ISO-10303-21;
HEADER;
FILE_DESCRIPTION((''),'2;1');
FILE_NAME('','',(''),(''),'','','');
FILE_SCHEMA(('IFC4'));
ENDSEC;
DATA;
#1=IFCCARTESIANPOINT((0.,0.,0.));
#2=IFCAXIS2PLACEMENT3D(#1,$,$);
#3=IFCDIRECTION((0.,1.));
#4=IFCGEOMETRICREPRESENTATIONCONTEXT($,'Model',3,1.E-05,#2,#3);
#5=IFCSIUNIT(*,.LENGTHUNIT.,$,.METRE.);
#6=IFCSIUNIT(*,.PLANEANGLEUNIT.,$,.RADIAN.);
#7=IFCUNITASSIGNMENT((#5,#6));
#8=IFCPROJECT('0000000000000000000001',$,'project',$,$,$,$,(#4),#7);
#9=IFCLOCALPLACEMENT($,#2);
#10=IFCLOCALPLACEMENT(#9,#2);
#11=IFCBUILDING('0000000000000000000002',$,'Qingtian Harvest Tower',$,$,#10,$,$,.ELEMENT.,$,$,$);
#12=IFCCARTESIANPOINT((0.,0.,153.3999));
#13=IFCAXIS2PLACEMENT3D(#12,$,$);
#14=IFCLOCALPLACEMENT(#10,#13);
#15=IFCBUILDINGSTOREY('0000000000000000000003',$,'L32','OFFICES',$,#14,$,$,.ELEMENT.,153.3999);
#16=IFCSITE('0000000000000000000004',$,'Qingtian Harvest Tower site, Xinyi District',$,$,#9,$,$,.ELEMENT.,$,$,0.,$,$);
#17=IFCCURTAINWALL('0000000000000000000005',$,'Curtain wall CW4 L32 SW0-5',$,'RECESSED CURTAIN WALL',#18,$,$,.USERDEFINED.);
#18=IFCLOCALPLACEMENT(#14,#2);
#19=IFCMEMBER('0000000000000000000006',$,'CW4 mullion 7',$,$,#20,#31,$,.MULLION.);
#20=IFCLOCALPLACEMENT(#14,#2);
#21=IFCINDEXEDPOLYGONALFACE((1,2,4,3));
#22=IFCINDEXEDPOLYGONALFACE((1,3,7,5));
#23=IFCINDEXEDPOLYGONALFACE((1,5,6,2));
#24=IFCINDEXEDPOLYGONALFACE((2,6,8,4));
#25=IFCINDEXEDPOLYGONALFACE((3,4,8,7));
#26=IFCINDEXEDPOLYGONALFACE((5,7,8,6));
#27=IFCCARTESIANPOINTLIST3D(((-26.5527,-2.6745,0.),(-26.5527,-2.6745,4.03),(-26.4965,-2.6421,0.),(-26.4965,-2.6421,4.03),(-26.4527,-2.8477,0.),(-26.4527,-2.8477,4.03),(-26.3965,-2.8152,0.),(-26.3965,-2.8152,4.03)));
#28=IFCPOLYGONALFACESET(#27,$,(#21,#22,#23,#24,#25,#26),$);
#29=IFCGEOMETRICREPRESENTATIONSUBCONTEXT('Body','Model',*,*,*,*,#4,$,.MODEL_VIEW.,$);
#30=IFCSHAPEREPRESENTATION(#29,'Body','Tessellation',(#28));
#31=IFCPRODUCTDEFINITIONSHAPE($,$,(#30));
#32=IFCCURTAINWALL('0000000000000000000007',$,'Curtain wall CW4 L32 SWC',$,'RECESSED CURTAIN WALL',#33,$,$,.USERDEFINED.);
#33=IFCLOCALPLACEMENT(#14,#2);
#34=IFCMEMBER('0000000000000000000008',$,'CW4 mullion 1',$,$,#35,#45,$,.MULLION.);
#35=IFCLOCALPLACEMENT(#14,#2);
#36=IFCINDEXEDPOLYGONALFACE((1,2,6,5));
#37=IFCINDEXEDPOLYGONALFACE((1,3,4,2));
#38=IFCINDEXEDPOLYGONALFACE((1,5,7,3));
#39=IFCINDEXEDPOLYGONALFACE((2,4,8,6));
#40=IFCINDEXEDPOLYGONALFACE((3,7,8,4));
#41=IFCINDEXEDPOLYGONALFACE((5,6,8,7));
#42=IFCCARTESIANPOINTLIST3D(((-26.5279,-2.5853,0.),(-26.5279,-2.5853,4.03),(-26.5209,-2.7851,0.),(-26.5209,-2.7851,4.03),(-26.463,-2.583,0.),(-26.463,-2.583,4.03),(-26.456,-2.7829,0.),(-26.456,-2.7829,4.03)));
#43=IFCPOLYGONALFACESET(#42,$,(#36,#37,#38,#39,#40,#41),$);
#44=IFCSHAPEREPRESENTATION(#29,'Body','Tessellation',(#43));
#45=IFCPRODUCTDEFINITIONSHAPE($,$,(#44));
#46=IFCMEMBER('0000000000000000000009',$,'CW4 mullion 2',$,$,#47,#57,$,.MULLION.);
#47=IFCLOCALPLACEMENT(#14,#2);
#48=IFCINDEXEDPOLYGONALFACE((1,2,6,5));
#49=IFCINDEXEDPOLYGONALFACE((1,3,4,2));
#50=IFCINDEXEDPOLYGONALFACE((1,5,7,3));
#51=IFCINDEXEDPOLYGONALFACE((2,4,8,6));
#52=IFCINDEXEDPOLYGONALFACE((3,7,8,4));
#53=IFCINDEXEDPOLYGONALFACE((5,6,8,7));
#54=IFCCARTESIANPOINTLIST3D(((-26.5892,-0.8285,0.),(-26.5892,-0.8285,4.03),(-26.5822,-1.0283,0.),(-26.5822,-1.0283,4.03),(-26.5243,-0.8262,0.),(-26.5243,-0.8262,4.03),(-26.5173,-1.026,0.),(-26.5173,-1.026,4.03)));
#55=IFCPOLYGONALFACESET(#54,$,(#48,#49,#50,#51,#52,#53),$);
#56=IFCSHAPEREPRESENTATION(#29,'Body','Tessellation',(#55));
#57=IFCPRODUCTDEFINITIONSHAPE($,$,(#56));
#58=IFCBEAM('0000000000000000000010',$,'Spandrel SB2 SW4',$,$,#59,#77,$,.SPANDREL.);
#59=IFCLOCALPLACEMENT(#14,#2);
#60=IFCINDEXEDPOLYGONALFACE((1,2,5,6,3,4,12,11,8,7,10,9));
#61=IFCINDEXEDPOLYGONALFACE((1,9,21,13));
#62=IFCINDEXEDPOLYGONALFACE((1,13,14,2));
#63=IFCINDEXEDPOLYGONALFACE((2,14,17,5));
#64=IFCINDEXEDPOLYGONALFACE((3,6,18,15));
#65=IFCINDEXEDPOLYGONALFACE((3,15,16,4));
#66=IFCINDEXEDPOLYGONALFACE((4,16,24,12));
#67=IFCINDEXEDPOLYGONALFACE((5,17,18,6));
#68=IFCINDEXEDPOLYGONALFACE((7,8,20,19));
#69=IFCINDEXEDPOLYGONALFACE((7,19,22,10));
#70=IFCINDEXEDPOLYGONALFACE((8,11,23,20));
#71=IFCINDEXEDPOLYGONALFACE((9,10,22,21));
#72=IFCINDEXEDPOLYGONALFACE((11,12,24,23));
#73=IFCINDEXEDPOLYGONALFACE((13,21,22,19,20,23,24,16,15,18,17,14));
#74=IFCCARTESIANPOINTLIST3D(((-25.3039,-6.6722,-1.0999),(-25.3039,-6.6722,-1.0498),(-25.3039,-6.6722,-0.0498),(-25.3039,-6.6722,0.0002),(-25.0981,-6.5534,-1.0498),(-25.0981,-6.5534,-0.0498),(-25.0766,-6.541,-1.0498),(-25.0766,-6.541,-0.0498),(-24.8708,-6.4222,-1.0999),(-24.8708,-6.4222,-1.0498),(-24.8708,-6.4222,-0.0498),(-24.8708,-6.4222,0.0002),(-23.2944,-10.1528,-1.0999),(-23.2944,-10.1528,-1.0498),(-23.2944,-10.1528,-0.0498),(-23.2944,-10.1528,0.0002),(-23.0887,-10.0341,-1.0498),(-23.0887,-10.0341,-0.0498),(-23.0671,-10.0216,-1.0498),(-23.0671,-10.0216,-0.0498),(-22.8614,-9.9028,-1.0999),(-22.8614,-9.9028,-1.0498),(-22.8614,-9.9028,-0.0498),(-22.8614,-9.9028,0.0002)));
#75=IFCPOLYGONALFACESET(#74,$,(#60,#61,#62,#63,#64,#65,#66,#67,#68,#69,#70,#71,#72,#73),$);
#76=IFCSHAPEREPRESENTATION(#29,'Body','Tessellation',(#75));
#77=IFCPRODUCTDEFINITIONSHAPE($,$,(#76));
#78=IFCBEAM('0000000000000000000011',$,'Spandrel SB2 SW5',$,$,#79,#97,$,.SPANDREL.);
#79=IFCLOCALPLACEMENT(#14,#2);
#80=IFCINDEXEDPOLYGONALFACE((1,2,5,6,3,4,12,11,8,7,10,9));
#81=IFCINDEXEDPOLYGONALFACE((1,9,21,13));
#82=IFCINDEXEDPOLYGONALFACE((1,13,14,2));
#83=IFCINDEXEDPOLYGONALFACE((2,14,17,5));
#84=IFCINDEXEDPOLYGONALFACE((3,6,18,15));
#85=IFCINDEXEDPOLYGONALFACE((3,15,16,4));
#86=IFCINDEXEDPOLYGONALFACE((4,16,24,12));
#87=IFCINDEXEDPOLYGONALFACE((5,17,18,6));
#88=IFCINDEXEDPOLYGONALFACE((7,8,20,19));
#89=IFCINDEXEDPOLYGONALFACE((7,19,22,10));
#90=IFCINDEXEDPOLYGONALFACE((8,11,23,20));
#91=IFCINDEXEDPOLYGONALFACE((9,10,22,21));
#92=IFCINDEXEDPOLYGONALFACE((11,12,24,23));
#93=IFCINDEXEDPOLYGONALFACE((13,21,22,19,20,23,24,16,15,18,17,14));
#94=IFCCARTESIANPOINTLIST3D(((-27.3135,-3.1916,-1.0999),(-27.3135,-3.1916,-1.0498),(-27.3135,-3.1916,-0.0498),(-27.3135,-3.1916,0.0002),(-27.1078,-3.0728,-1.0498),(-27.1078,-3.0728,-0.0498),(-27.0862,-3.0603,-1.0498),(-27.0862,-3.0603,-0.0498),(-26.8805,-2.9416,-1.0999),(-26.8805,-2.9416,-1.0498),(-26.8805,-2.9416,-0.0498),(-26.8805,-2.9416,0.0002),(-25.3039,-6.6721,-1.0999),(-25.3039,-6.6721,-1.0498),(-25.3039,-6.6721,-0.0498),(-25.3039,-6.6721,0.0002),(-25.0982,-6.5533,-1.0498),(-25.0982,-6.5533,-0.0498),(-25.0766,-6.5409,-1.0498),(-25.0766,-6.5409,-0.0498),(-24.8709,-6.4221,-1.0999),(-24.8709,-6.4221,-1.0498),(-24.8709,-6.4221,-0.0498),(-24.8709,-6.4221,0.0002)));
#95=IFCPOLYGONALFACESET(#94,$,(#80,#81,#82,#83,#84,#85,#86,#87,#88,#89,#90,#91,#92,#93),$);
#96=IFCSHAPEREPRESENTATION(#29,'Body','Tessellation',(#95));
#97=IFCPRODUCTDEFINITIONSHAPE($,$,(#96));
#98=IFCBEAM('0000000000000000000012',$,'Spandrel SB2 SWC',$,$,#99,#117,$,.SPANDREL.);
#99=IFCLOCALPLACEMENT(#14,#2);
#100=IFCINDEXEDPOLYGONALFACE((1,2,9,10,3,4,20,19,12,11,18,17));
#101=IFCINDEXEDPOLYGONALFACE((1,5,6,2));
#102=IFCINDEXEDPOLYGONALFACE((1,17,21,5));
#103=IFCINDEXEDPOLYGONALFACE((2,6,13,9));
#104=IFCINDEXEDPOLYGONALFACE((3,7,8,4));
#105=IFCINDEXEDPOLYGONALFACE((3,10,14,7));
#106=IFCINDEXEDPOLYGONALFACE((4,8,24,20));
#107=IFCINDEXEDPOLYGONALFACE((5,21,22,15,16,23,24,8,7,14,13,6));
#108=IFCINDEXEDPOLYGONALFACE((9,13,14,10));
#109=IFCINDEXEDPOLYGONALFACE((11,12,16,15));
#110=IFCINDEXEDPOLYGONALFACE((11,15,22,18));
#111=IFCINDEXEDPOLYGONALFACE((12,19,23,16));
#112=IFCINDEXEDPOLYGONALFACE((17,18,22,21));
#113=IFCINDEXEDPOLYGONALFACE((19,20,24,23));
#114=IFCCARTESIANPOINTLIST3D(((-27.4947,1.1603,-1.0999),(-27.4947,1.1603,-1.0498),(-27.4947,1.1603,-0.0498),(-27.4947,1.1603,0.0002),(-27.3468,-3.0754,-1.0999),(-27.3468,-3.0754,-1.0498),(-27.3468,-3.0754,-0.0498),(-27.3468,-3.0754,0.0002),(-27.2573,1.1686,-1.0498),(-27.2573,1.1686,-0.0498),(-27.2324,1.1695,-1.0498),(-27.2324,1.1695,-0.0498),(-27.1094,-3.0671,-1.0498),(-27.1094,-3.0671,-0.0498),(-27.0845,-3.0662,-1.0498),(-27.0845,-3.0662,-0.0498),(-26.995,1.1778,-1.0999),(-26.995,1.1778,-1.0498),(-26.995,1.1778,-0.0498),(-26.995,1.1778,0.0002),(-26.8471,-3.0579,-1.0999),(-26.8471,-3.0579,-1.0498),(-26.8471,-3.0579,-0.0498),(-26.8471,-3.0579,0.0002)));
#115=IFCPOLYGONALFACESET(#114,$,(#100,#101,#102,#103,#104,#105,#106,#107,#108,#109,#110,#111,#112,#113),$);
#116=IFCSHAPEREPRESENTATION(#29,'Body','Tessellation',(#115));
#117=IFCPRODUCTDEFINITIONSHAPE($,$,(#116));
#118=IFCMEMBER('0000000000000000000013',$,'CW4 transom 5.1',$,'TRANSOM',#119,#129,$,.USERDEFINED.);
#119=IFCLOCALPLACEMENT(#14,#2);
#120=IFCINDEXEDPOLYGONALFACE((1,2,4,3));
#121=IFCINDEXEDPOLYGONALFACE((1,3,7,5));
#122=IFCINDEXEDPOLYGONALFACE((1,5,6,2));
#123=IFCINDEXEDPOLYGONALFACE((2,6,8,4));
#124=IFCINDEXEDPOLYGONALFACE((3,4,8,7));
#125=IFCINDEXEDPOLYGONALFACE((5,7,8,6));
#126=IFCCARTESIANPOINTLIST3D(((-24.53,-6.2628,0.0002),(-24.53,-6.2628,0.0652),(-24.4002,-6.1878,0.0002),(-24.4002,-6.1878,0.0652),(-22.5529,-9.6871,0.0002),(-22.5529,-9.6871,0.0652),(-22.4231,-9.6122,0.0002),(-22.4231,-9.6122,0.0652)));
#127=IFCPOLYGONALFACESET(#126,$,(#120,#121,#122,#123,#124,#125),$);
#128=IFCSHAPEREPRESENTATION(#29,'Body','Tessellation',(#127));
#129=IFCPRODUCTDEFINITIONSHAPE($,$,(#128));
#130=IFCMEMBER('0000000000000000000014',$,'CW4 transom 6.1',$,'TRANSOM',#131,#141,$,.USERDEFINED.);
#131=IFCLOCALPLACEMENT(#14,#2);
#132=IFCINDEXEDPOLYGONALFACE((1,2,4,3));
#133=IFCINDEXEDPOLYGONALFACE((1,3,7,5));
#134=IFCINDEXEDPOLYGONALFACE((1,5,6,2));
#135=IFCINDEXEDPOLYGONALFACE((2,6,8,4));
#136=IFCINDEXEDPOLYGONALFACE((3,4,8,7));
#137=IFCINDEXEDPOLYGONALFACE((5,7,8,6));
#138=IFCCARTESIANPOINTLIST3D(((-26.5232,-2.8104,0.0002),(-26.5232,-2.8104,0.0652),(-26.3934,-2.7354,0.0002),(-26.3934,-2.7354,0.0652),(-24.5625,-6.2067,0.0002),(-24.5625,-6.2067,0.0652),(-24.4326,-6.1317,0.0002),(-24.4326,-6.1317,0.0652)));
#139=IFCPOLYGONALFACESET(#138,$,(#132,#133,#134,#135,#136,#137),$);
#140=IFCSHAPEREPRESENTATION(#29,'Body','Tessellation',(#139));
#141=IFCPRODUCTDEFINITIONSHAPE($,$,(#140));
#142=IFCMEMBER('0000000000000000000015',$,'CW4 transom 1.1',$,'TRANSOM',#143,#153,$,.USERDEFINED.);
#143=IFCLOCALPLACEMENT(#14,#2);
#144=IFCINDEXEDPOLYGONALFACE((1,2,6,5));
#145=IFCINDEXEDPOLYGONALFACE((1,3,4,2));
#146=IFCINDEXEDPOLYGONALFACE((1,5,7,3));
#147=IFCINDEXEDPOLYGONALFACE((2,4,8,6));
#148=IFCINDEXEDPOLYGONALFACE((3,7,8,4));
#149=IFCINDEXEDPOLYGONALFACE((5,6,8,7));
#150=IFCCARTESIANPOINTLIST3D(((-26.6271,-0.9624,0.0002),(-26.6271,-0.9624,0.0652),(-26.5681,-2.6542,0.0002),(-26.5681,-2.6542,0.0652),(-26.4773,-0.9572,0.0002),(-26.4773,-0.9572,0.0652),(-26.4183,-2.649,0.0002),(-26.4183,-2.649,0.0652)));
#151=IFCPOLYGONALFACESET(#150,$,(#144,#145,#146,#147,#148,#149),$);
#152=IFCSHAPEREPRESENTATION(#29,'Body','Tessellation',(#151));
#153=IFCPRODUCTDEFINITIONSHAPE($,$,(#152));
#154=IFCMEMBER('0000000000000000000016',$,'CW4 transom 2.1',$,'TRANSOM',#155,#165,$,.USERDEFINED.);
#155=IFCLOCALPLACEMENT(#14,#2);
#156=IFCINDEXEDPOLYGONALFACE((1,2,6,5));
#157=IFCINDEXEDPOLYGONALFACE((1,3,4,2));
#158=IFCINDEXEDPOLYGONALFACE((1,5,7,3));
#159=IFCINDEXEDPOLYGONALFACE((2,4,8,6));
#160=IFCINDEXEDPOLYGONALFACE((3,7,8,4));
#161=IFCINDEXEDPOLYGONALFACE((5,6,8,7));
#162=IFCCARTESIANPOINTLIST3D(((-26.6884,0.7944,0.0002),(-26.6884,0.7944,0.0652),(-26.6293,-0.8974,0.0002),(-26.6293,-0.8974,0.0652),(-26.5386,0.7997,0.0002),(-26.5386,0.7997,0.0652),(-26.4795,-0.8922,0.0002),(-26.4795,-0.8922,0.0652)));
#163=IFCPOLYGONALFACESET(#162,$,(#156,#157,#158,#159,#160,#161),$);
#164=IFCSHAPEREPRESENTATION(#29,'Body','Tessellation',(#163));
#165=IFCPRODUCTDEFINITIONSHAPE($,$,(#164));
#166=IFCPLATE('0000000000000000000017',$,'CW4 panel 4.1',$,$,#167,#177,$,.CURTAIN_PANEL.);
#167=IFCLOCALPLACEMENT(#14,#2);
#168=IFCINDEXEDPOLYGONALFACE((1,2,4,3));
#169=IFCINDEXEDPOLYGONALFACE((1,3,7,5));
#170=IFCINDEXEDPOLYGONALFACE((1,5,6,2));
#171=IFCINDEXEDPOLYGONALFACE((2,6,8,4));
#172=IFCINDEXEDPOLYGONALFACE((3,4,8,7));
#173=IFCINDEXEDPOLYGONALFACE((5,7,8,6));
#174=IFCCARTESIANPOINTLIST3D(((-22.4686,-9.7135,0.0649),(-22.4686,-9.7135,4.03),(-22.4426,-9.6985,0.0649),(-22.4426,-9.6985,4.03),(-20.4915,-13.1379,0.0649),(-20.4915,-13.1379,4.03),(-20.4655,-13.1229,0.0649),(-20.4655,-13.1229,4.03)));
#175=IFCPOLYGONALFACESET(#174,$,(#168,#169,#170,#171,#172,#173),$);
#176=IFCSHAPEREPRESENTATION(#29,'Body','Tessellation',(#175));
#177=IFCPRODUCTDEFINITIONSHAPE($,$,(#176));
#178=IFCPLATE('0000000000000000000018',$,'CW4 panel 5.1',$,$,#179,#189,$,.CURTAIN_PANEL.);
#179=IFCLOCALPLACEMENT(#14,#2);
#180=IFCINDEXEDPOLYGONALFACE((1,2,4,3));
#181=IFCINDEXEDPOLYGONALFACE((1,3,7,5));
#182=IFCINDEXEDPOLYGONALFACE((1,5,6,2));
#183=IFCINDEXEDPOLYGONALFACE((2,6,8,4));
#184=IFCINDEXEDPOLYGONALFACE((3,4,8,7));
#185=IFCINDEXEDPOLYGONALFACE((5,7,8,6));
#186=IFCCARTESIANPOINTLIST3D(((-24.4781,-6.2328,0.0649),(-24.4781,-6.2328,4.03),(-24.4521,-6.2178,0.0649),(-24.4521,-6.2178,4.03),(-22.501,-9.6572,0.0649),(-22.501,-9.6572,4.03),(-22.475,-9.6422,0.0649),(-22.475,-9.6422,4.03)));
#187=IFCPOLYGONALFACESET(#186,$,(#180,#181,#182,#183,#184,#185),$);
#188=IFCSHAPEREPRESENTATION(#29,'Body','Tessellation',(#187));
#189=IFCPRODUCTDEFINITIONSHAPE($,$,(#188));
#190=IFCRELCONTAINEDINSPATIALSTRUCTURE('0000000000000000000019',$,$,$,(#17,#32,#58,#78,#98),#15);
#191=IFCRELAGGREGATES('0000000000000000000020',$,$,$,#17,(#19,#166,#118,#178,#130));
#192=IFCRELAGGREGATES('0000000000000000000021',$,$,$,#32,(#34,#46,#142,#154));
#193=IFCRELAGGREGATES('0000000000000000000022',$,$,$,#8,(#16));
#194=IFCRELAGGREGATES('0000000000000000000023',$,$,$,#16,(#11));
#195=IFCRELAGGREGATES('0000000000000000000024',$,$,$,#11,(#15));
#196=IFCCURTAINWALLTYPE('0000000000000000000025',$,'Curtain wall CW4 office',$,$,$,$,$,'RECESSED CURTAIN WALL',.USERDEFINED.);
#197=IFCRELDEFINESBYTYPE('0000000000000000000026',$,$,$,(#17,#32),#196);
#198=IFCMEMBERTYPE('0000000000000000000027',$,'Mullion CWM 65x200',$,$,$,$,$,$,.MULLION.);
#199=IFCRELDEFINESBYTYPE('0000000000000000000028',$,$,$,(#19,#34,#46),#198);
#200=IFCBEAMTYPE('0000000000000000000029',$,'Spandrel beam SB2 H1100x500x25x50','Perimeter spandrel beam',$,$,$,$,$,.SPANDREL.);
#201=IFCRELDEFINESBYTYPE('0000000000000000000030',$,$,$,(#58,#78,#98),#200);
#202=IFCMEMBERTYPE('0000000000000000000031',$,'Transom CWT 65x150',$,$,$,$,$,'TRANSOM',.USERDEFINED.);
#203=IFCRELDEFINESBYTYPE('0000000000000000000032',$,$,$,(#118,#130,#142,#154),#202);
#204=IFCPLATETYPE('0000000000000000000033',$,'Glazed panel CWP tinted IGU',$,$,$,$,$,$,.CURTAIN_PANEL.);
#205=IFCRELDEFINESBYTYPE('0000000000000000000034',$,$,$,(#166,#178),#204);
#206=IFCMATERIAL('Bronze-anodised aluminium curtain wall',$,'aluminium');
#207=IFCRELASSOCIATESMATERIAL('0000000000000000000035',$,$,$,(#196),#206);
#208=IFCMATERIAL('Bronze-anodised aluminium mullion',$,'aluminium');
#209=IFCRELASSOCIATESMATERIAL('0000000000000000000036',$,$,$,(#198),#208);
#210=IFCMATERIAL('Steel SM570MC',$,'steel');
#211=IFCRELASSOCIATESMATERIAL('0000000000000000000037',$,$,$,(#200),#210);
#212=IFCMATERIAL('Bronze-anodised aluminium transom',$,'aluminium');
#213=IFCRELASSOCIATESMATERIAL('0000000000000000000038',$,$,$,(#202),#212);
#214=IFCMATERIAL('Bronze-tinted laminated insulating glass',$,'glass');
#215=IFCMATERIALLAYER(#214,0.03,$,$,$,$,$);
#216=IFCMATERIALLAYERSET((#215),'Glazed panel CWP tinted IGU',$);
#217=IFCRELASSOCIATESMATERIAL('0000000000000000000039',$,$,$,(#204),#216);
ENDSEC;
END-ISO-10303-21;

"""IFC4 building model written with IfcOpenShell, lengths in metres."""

from ifc_helpers import new_model, si_unit, direction, frame, origin, origin_2d, place, context, subcontext, project, spatial, rectangle, i_section, extrude, material, layer, layer_set, material_profile, profile_set, type_object, element, aggregate, save


model = new_model("IFC4")

# Units and contexts
model_context = context("Model", 3, precision=1e-05, world=origin(), true_north=direction((0.0, 1.0)))
body_context = subcontext(model_context, "Body", "Model", "MODEL_VIEW")
ifc_project = project(units=[si_unit("LENGTHUNIT", "METRE"), si_unit("PLANEANGLEUNIT", "RADIAN")], contexts=[model_context])

# Site, building, storey
site_placement = place(None, origin())
site = spatial("IfcSite", under=ifc_project, at=site_placement, Name="Qingtian Harvest Tower site, Xinyi District", CompositionType="ELEMENT", RefElevation=0.0)
building_placement = place(site_placement, origin())
building = spatial("IfcBuilding", under=site, at=building_placement, Name="Qingtian Harvest Tower", CompositionType="ELEMENT")
storey_placement = place(building_placement, frame((0.0, 0.0, 153.3999)))
storey = spatial("IfcBuildingStorey", under=building, at=storey_placement, Name="L32", Description="OFFICES", CompositionType="ELEMENT", Elevation=153.3999)

# Curtain walls, members
ifc_material_1 = material(Name="Bronze-anodised aluminium curtain wall", Category="aluminium")
curtain_wall_type = type_object("IfcCurtainWallType", Name="Curtain wall CW4 office", ElementType="RECESSED CURTAIN WALL", PredefinedType="USERDEFINED", material=ifc_material_1)
curtain_wall_1_placement = place(storey_placement, origin())
curtain_wall_1 = element("IfcCurtainWall", 1, at=curtain_wall_1_placement, inside=storey, type_object=curtain_wall_type, Name="Curtain wall CW4 L32 SW0-5", ObjectType="RECESSED CURTAIN WALL", PredefinedType="USERDEFINED")
ifc_material_2 = material(Name="Bronze-anodised aluminium mullion", Category="aluminium")
ifc_material_profile_1 = material_profile(ifc_material_2, rectangle(XDim=0.0649, YDim=0.2, at=origin_2d()), Name="AL 65x200")
ifc_profile_set_1 = profile_set([ifc_material_profile_1], Name="Bronze-anodised aluminium mullion")
member_type_1 = type_object("IfcMemberType", Name="Mullion CWM 65x200", PredefinedType="MULLION", material=ifc_profile_set_1)
member_1_placement = place(storey_placement, frame((-26.4746, -2.7449, 0.0), z_axis=(0.0, 0.0, 1.0), x_axis=(-0.866025, -0.5, 0.0)))
member_1 = element("IfcMember", 2, at=member_1_placement, type_object=member_type_1, Name="CW4 mullion 7", PredefinedType="MULLION", context=body_context, shape_type="SweptSolid", body=[
    extrude(rectangle(XDim=0.0649, YDim=0.2, at=origin_2d()), origin(), (0.0, 0.0, 1.0), 4.03),
])
curtain_wall_2_placement = place(storey_placement, origin())
curtain_wall_2 = element("IfcCurtainWall", 3, at=curtain_wall_2_placement, inside=storey, type_object=curtain_wall_type, Name="Curtain wall CW4 L32 SWC", ObjectType="RECESSED CURTAIN WALL", PredefinedType="USERDEFINED")
member_2_placement = place(storey_placement, frame((-26.4919, -2.6841, 0.0), z_axis=(0.0, 0.0, 1.0), x_axis=(-0.999391, -0.034899, 0.0)))
member_2 = element("IfcMember", 4, at=member_2_placement, type_object=member_type_1, Name="CW4 mullion 1", PredefinedType="MULLION", context=body_context, shape_type="SweptSolid", body=[
    extrude(rectangle(XDim=0.0649, YDim=0.2, at=origin_2d()), origin(), (0.0, 0.0, 1.0), 4.03),
])
member_3_placement = place(storey_placement, frame((-26.5532, -0.9272, 0.0), z_axis=(0.0, 0.0, 1.0), x_axis=(-0.999391, -0.034899, 0.0)))
member_3 = element("IfcMember", 5, at=member_3_placement, type_object=member_type_1, Name="CW4 mullion 2", PredefinedType="MULLION", context=body_context, shape_type="SweptSolid", body=[
    extrude(rectangle(XDim=0.0649, YDim=0.2, at=origin_2d()), origin(), (0.0, 0.0, 1.0), 4.03),
])

# Beams
ifc_material_3 = material(Name="Steel SM570MC", Category="steel")
ifc_material_profile_2 = material_profile(ifc_material_3, i_section(OverallWidth=0.5, OverallDepth=1.1001, WebThickness=0.0249, FlangeThickness=0.05, at=origin_2d()), Name="H1100x500x25x50")
ifc_profile_set_2 = profile_set([ifc_material_profile_2], Name="Steel SM570MC")
beam_type_1 = type_object("IfcBeamType", Name="Spandrel beam SB2 H1100x500x25x50", Description="Perimeter spandrel beam", PredefinedType="SPANDREL", material=ifc_profile_set_2)
for number, where, z_axis, x_axis, name in (
    (6, (-23.0779, -10.0278, -0.5498), (-0.499987, 0.866033, 0.0), (-0.866033, -0.499987, 0.0), "Spandrel SB2 SW4"),
    (7, (-25.0874, -6.5471, -0.5498), (-0.500013, 0.866018, 0.0), (-0.866018, -0.500013, 0.0), "Spandrel SB2 SW5"),
):
    element("IfcBeam", number, at=place(storey_placement, frame(where, z_axis=z_axis, x_axis=x_axis)), inside=storey, type_object=beam_type_1, Name=name, PredefinedType="SPANDREL", context=body_context, shape_type="SweptSolid", body=[
        extrude(i_section(OverallWidth=0.5, OverallDepth=1.1001, WebThickness=0.0249, FlangeThickness=0.05, at=origin_2d()), origin(), (0.0, 0.0, 1.0), 4.019),
    ])
beam_1_placement = place(storey_placement, frame((-27.0969, -3.0667, -0.5498), z_axis=(-0.034909, 0.999391, 0.0), x_axis=(-0.999391, -0.034909, 0.0)))
element("IfcBeam", 8, at=beam_1_placement, inside=storey, type_object=beam_type_1, Name="Spandrel SB2 SWC", PredefinedType="SPANDREL", context=body_context, shape_type="SweptSolid", body=[
    extrude(i_section(OverallWidth=0.5, OverallDepth=1.1001, WebThickness=0.0249, FlangeThickness=0.05, at=origin_2d()), origin(), (0.0, 0.0, 1.0), 4.2383),
])

# Members
ifc_material_4 = material(Name="Bronze-anodised aluminium transom", Category="aluminium")
ifc_material_profile_3 = material_profile(ifc_material_4, rectangle(XDim=0.1499, YDim=0.0649, at=origin_2d()), Name="AL 65x150")
ifc_profile_set_3 = profile_set([ifc_material_profile_3], Name="Bronze-anodised aluminium transom")
member_type_2 = type_object("IfcMemberType", Name="Transom CWT 65x150", ElementType="TRANSOM", PredefinedType="USERDEFINED", material=ifc_profile_set_3)
member_4_placement = place(storey_placement, frame((-22.488, -9.6497, 0.0327), z_axis=(-0.500004, 0.866023, 0.0), x_axis=(-0.866023, -0.500004, 0.0)))
member_4 = element("IfcMember", 9, at=member_4_placement, type_object=member_type_2, Name="CW4 transom 5.1", ObjectType="TRANSOM", PredefinedType="USERDEFINED", context=body_context, shape_type="SweptSolid", body=[
    extrude(rectangle(XDim=0.1499, YDim=0.0649, at=origin_2d()), origin(), (0.0, 0.0, 1.0), 3.9541),
])
member_5_placement = place(storey_placement, frame((-24.4976, -6.1692, 0.0327), z_axis=(-0.499976, 0.866039, 0.0), x_axis=(-0.866039, -0.499976, 0.0)))
member_5 = element("IfcMember", 10, at=member_5_placement, type_object=member_type_2, Name="CW4 transom 6.1", ObjectType="TRANSOM", PredefinedType="USERDEFINED", context=body_context, shape_type="SweptSolid", body=[
    extrude(rectangle(XDim=0.1499, YDim=0.0649, at=origin_2d()), origin(), (0.0, 0.0, 1.0), 3.9216),
])
member_6_placement = place(storey_placement, frame((-26.4932, -2.6516, 0.0327), z_axis=(-0.034899, 0.999391, 0.0), x_axis=(-0.999391, -0.034899, 0.0)))
member_6 = element("IfcMember", 11, at=member_6_placement, type_object=member_type_2, Name="CW4 transom 1.1", ObjectType="TRANSOM", PredefinedType="USERDEFINED", context=body_context, shape_type="SweptSolid", body=[
    extrude(rectangle(XDim=0.1499, YDim=0.0649, at=origin_2d()), origin(), (0.0, 0.0, 1.0), 1.6929),
])
member_7_placement = place(storey_placement, frame((-26.5544, -0.8948, 0.0327), z_axis=(-0.034899, 0.999391, 0.0), x_axis=(-0.999391, -0.034899, 0.0)))
member_7 = element("IfcMember", 12, at=member_7_placement, type_object=member_type_2, Name="CW4 transom 2.1", ObjectType="TRANSOM", PredefinedType="USERDEFINED", context=body_context, shape_type="SweptSolid", body=[
    extrude(rectangle(XDim=0.1499, YDim=0.0649, at=origin_2d()), origin(), (0.0, 0.0, 1.0), 1.6929),
])

# Plates
ifc_material_5 = material(Name="Bronze-tinted laminated insulating glass", Category="glass")
ifc_layer_1 = layer(ifc_material_5, 0.03)
ifc_layer_set_1 = layer_set([ifc_layer_1], Name="Glazed panel CWP tinted IGU")
plate_type = type_object("IfcPlateType", Name="Glazed panel CWP tinted IGU", PredefinedType="CURTAIN_PANEL", material=ifc_layer_set_1)
plate_1_placement = place(storey_placement, frame((-21.467, -11.4182, 0.0649), z_axis=(0.0, 0.0, 1.0), x_axis=(-0.5, 0.866025, 0.0)))
plate_1 = element("IfcPlate", 13, at=plate_1_placement, type_object=plate_type, Name="CW4 panel 4.1", PredefinedType="CURTAIN_PANEL", context=body_context, shape_type="SweptSolid", body=[
    extrude(rectangle(XDim=3.9541, YDim=0.03, at=origin_2d()), origin(), (0.0, 0.0, 1.0), 3.9651),
])
plate_2_placement = place(storey_placement, frame((-23.4766, -7.9375, 0.0649), z_axis=(0.0, 0.0, 1.0), x_axis=(-0.5, 0.866025, 0.0)))
plate_2 = element("IfcPlate", 14, at=plate_2_placement, type_object=plate_type, Name="CW4 panel 5.1", PredefinedType="CURTAIN_PANEL", context=body_context, shape_type="SweptSolid", body=[
    extrude(rectangle(XDim=3.9541, YDim=0.03, at=origin_2d()), origin(), (0.0, 0.0, 1.0), 3.9651),
])
aggregate(curtain_wall_1, [member_1, plate_1, member_4, plate_2, member_5])
aggregate(curtain_wall_2, [member_2, member_3, member_6, member_7])

save(model, "model.ifc")
